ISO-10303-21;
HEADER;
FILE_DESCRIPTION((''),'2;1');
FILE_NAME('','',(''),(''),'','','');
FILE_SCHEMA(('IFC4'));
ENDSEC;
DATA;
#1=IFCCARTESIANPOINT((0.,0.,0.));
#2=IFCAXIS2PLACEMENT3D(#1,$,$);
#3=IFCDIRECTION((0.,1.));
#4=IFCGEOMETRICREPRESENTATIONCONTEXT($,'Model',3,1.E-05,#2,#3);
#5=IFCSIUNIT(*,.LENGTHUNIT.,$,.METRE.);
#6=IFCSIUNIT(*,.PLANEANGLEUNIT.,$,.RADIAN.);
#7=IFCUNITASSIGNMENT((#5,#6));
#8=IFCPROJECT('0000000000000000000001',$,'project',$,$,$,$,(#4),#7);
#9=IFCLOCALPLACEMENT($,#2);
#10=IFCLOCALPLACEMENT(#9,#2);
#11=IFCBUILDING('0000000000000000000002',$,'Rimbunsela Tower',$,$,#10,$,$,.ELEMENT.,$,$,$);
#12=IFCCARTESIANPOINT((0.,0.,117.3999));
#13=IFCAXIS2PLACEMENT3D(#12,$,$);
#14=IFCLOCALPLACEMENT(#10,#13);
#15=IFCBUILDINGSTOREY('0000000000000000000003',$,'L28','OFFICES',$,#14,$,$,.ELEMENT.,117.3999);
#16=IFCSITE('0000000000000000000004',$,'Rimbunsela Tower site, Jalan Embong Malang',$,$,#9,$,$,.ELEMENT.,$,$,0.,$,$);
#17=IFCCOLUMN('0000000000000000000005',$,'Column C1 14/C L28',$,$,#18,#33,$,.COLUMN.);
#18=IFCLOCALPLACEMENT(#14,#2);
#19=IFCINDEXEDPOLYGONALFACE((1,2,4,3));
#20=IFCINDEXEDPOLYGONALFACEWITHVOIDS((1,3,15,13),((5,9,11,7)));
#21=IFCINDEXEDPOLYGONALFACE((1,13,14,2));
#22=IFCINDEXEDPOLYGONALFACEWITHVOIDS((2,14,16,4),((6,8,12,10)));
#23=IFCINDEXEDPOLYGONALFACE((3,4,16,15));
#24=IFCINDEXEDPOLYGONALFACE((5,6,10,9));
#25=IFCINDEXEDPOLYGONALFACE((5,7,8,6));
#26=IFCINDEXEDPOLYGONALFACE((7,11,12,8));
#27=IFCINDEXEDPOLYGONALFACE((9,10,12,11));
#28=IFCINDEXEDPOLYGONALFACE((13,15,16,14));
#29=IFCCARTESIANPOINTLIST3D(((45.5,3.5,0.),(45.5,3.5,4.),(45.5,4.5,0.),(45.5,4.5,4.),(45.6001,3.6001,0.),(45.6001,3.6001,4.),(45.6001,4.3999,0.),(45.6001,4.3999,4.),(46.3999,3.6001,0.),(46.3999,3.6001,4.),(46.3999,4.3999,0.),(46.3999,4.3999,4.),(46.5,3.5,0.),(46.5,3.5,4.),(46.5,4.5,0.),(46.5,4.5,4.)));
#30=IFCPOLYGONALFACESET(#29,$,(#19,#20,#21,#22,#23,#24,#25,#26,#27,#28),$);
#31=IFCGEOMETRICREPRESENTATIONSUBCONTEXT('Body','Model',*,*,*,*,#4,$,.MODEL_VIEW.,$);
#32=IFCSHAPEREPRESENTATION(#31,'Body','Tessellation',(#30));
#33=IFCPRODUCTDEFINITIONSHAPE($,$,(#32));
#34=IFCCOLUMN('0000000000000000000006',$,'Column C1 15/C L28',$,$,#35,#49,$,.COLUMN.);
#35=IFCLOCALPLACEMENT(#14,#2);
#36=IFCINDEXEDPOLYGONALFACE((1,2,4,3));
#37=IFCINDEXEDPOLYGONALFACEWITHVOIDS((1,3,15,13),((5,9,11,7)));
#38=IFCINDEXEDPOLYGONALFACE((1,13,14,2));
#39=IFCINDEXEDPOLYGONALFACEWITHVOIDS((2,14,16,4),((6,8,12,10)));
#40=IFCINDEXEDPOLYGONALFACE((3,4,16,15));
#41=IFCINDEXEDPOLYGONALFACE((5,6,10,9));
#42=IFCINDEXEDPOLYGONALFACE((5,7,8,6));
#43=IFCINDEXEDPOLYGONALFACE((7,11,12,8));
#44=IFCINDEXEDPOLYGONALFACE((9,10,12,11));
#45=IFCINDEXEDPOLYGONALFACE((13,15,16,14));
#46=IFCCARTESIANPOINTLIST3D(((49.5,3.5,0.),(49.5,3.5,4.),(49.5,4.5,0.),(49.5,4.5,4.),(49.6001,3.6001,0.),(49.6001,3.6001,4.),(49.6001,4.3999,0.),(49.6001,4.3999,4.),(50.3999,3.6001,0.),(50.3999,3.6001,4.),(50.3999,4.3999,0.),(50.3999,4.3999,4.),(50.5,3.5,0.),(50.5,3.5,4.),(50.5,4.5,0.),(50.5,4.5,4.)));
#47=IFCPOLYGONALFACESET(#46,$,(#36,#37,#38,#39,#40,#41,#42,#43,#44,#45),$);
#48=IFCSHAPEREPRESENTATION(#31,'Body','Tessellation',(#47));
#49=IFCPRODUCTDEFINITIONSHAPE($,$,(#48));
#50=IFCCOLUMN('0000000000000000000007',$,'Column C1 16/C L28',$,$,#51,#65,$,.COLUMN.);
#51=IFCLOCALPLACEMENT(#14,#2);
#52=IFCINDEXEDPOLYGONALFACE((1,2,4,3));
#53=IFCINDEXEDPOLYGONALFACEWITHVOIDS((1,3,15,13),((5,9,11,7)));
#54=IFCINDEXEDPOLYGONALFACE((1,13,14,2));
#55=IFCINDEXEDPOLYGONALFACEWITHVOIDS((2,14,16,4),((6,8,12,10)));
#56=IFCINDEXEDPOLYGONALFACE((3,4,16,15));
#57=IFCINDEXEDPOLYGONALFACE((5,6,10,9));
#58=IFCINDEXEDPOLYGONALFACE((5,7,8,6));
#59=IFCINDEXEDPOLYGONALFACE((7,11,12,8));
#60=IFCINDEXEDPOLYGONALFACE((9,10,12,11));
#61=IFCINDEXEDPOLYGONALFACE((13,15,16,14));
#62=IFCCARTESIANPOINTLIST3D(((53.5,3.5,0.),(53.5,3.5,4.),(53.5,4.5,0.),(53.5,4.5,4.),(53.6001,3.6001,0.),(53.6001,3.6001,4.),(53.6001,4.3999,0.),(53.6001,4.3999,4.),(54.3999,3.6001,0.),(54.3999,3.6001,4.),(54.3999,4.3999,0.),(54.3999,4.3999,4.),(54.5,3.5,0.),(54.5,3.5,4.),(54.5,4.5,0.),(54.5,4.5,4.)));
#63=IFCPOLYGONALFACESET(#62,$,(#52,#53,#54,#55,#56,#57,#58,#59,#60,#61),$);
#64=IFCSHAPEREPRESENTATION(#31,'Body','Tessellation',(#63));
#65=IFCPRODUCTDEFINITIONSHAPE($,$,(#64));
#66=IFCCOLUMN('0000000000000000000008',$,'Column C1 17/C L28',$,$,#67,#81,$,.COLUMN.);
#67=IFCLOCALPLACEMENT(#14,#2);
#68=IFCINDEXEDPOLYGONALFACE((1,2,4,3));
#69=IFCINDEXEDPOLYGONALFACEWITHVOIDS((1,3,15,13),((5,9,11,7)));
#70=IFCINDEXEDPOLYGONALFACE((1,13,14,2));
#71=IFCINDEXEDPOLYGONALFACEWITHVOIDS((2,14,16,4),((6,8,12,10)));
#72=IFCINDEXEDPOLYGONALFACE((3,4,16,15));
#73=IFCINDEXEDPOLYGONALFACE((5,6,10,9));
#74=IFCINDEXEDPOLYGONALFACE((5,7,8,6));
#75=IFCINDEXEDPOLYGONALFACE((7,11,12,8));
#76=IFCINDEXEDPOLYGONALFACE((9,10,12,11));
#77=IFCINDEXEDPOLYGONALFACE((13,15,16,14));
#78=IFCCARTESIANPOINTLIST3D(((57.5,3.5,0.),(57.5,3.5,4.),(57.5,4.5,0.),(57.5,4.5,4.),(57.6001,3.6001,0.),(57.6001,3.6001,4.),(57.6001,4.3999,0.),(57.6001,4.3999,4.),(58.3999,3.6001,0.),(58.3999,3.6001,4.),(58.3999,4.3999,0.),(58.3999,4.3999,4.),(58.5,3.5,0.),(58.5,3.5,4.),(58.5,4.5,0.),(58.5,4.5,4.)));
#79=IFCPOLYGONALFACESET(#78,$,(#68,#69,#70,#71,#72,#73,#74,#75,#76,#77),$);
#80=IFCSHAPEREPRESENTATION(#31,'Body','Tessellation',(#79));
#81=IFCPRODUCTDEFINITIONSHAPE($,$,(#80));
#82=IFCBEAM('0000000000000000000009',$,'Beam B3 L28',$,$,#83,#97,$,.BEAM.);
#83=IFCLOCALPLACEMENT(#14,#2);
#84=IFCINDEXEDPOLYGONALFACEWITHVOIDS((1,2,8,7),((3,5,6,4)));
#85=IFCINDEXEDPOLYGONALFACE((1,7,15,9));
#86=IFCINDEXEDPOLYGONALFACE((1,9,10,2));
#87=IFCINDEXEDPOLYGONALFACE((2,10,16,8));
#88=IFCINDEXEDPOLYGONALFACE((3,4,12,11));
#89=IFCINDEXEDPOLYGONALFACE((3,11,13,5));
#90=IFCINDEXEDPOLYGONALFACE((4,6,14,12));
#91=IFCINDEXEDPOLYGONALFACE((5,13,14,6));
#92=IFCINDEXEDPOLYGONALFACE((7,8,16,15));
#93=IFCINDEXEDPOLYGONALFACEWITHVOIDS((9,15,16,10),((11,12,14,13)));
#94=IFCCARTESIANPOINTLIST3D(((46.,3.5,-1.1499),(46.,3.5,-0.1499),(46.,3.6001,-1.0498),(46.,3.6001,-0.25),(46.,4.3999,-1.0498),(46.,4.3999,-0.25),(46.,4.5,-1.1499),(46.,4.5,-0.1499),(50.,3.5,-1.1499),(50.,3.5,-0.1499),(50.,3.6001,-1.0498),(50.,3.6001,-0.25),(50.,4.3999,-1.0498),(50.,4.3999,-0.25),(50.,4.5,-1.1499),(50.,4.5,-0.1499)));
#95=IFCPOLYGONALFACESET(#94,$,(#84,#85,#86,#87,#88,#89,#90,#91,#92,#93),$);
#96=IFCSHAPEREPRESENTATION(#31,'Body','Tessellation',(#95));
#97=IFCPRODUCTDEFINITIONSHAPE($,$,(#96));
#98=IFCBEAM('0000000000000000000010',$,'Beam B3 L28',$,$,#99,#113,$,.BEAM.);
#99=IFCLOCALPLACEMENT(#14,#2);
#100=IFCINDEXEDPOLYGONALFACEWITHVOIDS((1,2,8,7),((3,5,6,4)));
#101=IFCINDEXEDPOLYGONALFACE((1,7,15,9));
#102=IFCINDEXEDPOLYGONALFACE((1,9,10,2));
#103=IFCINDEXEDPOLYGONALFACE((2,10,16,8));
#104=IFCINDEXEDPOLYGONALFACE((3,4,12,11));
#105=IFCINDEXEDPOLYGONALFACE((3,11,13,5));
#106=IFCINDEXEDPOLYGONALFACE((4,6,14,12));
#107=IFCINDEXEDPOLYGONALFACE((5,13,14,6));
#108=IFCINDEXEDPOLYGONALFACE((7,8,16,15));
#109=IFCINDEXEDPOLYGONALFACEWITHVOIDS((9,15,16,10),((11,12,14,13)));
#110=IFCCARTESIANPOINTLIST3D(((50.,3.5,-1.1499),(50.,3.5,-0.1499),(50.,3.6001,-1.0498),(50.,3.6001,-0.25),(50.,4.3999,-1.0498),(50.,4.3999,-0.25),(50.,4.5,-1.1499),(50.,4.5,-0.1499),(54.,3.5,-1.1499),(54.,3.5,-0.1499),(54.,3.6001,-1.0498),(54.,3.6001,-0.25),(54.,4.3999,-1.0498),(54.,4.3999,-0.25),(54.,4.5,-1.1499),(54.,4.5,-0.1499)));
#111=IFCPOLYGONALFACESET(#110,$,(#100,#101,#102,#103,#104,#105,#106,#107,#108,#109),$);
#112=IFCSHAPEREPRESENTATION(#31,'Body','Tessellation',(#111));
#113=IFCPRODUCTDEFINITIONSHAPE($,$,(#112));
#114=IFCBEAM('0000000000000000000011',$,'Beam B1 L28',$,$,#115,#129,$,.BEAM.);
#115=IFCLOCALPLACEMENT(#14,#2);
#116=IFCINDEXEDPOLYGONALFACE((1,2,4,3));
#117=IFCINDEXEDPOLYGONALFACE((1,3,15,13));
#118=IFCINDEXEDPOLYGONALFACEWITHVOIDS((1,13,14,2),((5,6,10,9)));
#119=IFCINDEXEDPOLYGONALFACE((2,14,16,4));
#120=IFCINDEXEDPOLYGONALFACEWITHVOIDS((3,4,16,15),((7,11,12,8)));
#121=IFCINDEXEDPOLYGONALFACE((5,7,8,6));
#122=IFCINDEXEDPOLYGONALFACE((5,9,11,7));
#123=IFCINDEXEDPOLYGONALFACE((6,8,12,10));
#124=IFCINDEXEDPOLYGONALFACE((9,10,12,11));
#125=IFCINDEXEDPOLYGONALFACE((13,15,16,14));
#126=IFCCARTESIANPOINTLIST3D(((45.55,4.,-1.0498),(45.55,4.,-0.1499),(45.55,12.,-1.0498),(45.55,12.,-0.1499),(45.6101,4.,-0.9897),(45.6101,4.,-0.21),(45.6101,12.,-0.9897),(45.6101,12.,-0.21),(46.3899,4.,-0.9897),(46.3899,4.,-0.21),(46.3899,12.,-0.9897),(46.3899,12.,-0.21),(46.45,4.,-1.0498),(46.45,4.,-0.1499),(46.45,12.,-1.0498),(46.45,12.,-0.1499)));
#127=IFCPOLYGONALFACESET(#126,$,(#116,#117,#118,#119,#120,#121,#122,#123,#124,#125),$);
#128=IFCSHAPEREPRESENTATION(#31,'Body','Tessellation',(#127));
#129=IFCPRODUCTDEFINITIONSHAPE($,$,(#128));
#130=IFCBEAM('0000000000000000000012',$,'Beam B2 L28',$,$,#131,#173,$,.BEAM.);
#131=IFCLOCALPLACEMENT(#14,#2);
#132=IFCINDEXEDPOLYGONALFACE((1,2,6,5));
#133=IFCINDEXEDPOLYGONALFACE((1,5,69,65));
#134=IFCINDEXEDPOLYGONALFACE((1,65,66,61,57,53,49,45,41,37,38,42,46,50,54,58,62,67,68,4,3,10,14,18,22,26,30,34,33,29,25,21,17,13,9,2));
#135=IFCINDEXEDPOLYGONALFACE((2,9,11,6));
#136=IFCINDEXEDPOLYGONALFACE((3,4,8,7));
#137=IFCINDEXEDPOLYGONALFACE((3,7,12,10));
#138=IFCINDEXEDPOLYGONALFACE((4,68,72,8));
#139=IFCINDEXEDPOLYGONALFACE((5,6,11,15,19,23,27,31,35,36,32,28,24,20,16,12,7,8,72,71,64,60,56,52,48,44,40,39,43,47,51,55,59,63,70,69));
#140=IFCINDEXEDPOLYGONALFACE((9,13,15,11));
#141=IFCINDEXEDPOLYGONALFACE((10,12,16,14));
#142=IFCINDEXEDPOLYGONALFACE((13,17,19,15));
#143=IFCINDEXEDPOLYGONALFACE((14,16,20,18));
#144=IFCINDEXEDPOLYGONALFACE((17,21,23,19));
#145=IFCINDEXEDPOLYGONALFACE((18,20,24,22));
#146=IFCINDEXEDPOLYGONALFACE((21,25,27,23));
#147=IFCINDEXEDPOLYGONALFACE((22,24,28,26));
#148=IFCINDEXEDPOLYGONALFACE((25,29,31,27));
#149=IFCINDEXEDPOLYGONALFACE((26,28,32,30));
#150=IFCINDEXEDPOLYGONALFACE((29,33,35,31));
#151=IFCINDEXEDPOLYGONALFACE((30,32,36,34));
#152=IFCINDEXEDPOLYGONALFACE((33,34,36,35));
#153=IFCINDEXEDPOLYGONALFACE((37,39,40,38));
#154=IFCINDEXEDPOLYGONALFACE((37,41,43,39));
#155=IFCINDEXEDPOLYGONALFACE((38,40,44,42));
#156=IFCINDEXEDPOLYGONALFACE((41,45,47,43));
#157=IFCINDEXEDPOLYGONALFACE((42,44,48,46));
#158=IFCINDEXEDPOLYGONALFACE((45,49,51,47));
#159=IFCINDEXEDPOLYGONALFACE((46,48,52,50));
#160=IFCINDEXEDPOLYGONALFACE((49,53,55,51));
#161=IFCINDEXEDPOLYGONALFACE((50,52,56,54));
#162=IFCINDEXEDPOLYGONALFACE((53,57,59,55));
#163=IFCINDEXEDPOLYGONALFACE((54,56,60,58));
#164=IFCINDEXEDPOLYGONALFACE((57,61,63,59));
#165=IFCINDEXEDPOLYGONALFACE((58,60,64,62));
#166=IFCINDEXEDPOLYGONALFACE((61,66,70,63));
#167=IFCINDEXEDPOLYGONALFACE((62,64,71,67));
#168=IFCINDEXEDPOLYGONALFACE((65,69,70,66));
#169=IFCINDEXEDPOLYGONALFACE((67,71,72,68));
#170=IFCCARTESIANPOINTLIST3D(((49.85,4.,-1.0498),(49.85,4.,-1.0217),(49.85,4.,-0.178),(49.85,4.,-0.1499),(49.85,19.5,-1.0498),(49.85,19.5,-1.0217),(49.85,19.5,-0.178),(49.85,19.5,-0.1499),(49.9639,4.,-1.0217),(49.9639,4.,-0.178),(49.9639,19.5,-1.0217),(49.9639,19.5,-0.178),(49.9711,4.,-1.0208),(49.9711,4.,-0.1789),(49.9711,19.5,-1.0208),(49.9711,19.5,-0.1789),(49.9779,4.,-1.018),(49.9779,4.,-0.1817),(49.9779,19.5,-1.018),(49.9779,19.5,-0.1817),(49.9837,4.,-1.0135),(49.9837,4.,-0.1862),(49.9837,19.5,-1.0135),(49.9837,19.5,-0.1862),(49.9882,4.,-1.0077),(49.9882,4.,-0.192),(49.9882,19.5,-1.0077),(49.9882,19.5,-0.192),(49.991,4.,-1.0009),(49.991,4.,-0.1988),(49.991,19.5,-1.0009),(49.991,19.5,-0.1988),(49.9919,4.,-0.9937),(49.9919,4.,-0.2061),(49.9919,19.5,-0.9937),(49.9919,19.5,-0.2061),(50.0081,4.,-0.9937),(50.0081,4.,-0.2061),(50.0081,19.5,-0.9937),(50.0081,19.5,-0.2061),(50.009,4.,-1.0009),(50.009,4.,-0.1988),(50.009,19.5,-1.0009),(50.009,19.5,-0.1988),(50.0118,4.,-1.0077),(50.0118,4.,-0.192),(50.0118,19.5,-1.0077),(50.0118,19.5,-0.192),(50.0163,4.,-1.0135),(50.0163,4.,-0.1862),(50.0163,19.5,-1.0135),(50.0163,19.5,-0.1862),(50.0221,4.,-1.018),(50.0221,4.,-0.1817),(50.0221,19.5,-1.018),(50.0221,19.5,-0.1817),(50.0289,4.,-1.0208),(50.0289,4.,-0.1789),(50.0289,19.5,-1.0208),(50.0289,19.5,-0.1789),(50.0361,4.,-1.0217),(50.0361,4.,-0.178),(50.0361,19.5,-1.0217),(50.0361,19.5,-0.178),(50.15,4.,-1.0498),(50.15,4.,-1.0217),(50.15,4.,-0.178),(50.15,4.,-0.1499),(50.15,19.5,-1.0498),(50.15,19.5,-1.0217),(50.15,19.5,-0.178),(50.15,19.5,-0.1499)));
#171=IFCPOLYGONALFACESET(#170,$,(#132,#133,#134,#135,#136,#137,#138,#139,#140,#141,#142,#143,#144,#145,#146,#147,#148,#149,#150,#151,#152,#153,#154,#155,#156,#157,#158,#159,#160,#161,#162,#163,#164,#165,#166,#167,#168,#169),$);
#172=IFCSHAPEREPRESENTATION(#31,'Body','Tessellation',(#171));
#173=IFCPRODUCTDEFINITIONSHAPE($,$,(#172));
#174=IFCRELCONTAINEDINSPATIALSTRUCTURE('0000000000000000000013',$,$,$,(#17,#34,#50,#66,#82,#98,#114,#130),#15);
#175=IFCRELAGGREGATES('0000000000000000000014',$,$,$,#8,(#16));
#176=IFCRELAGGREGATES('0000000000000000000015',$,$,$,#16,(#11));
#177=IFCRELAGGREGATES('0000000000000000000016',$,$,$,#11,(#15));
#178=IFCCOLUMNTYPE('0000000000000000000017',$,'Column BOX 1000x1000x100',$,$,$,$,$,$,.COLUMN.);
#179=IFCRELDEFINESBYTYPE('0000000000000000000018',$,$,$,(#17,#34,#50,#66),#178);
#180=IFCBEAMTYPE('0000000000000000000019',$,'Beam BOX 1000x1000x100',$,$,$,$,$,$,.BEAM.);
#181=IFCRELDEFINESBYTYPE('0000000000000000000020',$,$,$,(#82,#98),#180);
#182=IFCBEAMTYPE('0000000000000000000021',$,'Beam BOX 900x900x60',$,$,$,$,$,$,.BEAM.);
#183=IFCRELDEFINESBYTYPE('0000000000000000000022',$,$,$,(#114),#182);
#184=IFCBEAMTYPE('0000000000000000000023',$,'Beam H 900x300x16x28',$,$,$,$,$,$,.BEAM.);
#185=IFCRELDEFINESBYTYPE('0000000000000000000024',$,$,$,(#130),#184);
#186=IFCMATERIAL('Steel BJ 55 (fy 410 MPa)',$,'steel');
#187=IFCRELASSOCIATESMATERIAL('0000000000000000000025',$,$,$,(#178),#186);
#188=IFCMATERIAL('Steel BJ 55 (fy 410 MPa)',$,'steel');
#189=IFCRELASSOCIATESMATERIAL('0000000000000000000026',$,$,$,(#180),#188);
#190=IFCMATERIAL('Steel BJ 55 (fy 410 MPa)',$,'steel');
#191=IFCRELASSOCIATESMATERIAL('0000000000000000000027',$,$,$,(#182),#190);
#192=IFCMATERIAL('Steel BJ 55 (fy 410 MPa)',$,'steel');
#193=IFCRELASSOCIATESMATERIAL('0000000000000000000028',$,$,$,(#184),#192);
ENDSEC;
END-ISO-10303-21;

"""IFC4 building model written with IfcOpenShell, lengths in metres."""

from ifc_helpers import new_model, si_unit, direction, frame, origin, origin_2d, place, context, subcontext, project, spatial, hollow_rectangle, i_section, extrude, material, material_profile, profile_set, type_object, element, save


model = new_model("IFC4")

# Units and contexts
model_context = context("Model", 3, precision=1e-05, world=origin(), true_north=direction((0.0, 1.0)))
body_context = subcontext(model_context, "Body", "Model", "MODEL_VIEW")
ifc_project = project(units=[si_unit("LENGTHUNIT", "METRE"), si_unit("PLANEANGLEUNIT", "RADIAN")], contexts=[model_context])

# Site, building, storey
site_placement = place(None, origin())
site = spatial("IfcSite", under=ifc_project, at=site_placement, Name="Rimbunsela Tower site, Jalan Embong Malang", CompositionType="ELEMENT", RefElevation=0.0)
building_placement = place(site_placement, origin())
building = spatial("IfcBuilding", under=site, at=building_placement, Name="Rimbunsela Tower", CompositionType="ELEMENT")
storey_placement = place(building_placement, frame((0.0, 0.0, 117.3999)))
storey = spatial("IfcBuildingStorey", under=building, at=storey_placement, Name="L28", Description="OFFICES", CompositionType="ELEMENT", Elevation=117.3999)

# Columns
ifc_material_1 = material(Name="Steel BJ 55 (fy 410 MPa)", Category="steel")
ifc_material_profile_1 = material_profile(ifc_material_1, hollow_rectangle(XDim=1.0, YDim=1.0, WallThickness=0.1001, at=origin_2d()), Name="BOX 1000x1000x100")
ifc_profile_set_1 = profile_set([ifc_material_profile_1], Name="Steel BJ 55 (fy 410 MPa)")
column_type = type_object("IfcColumnType", Name="Column BOX 1000x1000x100", PredefinedType="COLUMN", material=ifc_profile_set_1)
for number, where, z_axis, x_axis, name in (
    (1, (46.0, 4.0, 0.0), (0.0, 0.0, 1.0), (1.0, 0.0, 0.0), "Column C1 14/C L28"),
    (2, (50.0, 4.0, 0.0), (0.0, 0.0, 1.0), (1.0, 0.0, 0.0), "Column C1 15/C L28"),
    (3, (54.0, 4.0, 0.0), (0.0, 0.0, 1.0), (1.0, 0.0, 0.0), "Column C1 16/C L28"),
    (4, (58.0, 4.0, 0.0), (0.0, 0.0, 1.0), (1.0, 0.0, 0.0), "Column C1 17/C L28"),
):
    element("IfcColumn", number, at=place(storey_placement, frame(where, z_axis=z_axis, x_axis=x_axis)), inside=storey, type_object=column_type, Name=name, PredefinedType="COLUMN", context=body_context, shape_type="SweptSolid", body=[
        extrude(hollow_rectangle(XDim=1.0, YDim=1.0, WallThickness=0.1001, at=origin_2d()), origin(), (0.0, 0.0, 1.0), 4.0),
    ])

# Beams
ifc_material_2 = material(Name="Steel BJ 55 (fy 410 MPa)", Category="steel")
ifc_material_profile_2 = material_profile(ifc_material_2, hollow_rectangle(XDim=1.0, YDim=1.0, WallThickness=0.1001, at=origin_2d()), Name="BOX 1000x1000x100")
ifc_profile_set_2 = profile_set([ifc_material_profile_2], Name="Steel BJ 55 (fy 410 MPa)")
beam_type_1 = type_object("IfcBeamType", Name="Beam BOX 1000x1000x100", PredefinedType="BEAM", material=ifc_profile_set_2)
for number, where, z_axis, x_axis, name in (
    (5, (46.0, 4.0, -0.6499), (1.0, 0.0, 0.0), (0.0, 1.0, 0.0), "Beam B3 L28"),
    (6, (50.0, 4.0, -0.6499), (1.0, 0.0, 0.0), (0.0, 1.0, 0.0), "Beam B3 L28"),
):
    element("IfcBeam", number, at=place(storey_placement, frame(where, z_axis=z_axis, x_axis=x_axis)), inside=storey, type_object=beam_type_1, Name=name, PredefinedType="BEAM", context=body_context, shape_type="SweptSolid", body=[
        extrude(hollow_rectangle(XDim=1.0, YDim=1.0, WallThickness=0.1001, at=origin_2d()), origin(), (0.0, 0.0, 1.0), 4.0),
    ])
ifc_material_3 = material(Name="Steel BJ 55 (fy 410 MPa)", Category="steel")
ifc_material_profile_3 = material_profile(ifc_material_3, hollow_rectangle(XDim=0.8999, YDim=0.8999, WallThickness=0.0601, at=origin_2d()), Name="BOX 900x900x60")
ifc_profile_set_3 = profile_set([ifc_material_profile_3], Name="Steel BJ 55 (fy 410 MPa)")
beam_type_2 = type_object("IfcBeamType", Name="Beam BOX 900x900x60", PredefinedType="BEAM", material=ifc_profile_set_3)
beam_placement = place(storey_placement, frame((46.0, 4.0, -0.5999), z_axis=(0.0, 1.0, 0.0), x_axis=(-1.0, 0.0, 0.0)))
element("IfcBeam", 7, at=beam_placement, inside=storey, type_object=beam_type_2, Name="Beam B1 L28", PredefinedType="BEAM", context=body_context, shape_type="SweptSolid", body=[
    extrude(hollow_rectangle(XDim=0.8999, YDim=0.8999, WallThickness=0.0601, at=origin_2d()), origin(), (0.0, 0.0, 1.0), 8.0),
])
ifc_material_4 = material(Name="Steel BJ 55 (fy 410 MPa)", Category="steel")
ifc_material_profile_4 = material_profile(ifc_material_4, i_section(OverallWidth=0.3, OverallDepth=0.8999, WebThickness=0.0161, FlangeThickness=0.0281, FilletRadius=0.0281, at=origin_2d()), Name="H 900x300x16x28")
ifc_profile_set_4 = profile_set([ifc_material_profile_4], Name="Steel BJ 55 (fy 410 MPa)")
beam_type_3 = type_object("IfcBeamType", Name="Beam H 900x300x16x28", PredefinedType="BEAM", material=ifc_profile_set_4)
for number, where, z_axis, x_axis, name in (
    (8, (50.0, 4.0, -0.5999), (0.0, 1.0, 0.0), (-1.0, 0.0, 0.0), "Beam B2 L28"),
):
    element("IfcBeam", number, at=place(storey_placement, frame(where, z_axis=z_axis, x_axis=x_axis)), inside=storey, type_object=beam_type_3, Name=name, PredefinedType="BEAM", context=body_context, shape_type="SweptSolid", body=[
        extrude(i_section(OverallWidth=0.3, OverallDepth=0.8999, WebThickness=0.0161, FlangeThickness=0.0281, FilletRadius=0.0281, at=origin_2d()), origin(), (0.0, 0.0, 1.0), 15.5),
    ])

save(model, "model.ifc")
